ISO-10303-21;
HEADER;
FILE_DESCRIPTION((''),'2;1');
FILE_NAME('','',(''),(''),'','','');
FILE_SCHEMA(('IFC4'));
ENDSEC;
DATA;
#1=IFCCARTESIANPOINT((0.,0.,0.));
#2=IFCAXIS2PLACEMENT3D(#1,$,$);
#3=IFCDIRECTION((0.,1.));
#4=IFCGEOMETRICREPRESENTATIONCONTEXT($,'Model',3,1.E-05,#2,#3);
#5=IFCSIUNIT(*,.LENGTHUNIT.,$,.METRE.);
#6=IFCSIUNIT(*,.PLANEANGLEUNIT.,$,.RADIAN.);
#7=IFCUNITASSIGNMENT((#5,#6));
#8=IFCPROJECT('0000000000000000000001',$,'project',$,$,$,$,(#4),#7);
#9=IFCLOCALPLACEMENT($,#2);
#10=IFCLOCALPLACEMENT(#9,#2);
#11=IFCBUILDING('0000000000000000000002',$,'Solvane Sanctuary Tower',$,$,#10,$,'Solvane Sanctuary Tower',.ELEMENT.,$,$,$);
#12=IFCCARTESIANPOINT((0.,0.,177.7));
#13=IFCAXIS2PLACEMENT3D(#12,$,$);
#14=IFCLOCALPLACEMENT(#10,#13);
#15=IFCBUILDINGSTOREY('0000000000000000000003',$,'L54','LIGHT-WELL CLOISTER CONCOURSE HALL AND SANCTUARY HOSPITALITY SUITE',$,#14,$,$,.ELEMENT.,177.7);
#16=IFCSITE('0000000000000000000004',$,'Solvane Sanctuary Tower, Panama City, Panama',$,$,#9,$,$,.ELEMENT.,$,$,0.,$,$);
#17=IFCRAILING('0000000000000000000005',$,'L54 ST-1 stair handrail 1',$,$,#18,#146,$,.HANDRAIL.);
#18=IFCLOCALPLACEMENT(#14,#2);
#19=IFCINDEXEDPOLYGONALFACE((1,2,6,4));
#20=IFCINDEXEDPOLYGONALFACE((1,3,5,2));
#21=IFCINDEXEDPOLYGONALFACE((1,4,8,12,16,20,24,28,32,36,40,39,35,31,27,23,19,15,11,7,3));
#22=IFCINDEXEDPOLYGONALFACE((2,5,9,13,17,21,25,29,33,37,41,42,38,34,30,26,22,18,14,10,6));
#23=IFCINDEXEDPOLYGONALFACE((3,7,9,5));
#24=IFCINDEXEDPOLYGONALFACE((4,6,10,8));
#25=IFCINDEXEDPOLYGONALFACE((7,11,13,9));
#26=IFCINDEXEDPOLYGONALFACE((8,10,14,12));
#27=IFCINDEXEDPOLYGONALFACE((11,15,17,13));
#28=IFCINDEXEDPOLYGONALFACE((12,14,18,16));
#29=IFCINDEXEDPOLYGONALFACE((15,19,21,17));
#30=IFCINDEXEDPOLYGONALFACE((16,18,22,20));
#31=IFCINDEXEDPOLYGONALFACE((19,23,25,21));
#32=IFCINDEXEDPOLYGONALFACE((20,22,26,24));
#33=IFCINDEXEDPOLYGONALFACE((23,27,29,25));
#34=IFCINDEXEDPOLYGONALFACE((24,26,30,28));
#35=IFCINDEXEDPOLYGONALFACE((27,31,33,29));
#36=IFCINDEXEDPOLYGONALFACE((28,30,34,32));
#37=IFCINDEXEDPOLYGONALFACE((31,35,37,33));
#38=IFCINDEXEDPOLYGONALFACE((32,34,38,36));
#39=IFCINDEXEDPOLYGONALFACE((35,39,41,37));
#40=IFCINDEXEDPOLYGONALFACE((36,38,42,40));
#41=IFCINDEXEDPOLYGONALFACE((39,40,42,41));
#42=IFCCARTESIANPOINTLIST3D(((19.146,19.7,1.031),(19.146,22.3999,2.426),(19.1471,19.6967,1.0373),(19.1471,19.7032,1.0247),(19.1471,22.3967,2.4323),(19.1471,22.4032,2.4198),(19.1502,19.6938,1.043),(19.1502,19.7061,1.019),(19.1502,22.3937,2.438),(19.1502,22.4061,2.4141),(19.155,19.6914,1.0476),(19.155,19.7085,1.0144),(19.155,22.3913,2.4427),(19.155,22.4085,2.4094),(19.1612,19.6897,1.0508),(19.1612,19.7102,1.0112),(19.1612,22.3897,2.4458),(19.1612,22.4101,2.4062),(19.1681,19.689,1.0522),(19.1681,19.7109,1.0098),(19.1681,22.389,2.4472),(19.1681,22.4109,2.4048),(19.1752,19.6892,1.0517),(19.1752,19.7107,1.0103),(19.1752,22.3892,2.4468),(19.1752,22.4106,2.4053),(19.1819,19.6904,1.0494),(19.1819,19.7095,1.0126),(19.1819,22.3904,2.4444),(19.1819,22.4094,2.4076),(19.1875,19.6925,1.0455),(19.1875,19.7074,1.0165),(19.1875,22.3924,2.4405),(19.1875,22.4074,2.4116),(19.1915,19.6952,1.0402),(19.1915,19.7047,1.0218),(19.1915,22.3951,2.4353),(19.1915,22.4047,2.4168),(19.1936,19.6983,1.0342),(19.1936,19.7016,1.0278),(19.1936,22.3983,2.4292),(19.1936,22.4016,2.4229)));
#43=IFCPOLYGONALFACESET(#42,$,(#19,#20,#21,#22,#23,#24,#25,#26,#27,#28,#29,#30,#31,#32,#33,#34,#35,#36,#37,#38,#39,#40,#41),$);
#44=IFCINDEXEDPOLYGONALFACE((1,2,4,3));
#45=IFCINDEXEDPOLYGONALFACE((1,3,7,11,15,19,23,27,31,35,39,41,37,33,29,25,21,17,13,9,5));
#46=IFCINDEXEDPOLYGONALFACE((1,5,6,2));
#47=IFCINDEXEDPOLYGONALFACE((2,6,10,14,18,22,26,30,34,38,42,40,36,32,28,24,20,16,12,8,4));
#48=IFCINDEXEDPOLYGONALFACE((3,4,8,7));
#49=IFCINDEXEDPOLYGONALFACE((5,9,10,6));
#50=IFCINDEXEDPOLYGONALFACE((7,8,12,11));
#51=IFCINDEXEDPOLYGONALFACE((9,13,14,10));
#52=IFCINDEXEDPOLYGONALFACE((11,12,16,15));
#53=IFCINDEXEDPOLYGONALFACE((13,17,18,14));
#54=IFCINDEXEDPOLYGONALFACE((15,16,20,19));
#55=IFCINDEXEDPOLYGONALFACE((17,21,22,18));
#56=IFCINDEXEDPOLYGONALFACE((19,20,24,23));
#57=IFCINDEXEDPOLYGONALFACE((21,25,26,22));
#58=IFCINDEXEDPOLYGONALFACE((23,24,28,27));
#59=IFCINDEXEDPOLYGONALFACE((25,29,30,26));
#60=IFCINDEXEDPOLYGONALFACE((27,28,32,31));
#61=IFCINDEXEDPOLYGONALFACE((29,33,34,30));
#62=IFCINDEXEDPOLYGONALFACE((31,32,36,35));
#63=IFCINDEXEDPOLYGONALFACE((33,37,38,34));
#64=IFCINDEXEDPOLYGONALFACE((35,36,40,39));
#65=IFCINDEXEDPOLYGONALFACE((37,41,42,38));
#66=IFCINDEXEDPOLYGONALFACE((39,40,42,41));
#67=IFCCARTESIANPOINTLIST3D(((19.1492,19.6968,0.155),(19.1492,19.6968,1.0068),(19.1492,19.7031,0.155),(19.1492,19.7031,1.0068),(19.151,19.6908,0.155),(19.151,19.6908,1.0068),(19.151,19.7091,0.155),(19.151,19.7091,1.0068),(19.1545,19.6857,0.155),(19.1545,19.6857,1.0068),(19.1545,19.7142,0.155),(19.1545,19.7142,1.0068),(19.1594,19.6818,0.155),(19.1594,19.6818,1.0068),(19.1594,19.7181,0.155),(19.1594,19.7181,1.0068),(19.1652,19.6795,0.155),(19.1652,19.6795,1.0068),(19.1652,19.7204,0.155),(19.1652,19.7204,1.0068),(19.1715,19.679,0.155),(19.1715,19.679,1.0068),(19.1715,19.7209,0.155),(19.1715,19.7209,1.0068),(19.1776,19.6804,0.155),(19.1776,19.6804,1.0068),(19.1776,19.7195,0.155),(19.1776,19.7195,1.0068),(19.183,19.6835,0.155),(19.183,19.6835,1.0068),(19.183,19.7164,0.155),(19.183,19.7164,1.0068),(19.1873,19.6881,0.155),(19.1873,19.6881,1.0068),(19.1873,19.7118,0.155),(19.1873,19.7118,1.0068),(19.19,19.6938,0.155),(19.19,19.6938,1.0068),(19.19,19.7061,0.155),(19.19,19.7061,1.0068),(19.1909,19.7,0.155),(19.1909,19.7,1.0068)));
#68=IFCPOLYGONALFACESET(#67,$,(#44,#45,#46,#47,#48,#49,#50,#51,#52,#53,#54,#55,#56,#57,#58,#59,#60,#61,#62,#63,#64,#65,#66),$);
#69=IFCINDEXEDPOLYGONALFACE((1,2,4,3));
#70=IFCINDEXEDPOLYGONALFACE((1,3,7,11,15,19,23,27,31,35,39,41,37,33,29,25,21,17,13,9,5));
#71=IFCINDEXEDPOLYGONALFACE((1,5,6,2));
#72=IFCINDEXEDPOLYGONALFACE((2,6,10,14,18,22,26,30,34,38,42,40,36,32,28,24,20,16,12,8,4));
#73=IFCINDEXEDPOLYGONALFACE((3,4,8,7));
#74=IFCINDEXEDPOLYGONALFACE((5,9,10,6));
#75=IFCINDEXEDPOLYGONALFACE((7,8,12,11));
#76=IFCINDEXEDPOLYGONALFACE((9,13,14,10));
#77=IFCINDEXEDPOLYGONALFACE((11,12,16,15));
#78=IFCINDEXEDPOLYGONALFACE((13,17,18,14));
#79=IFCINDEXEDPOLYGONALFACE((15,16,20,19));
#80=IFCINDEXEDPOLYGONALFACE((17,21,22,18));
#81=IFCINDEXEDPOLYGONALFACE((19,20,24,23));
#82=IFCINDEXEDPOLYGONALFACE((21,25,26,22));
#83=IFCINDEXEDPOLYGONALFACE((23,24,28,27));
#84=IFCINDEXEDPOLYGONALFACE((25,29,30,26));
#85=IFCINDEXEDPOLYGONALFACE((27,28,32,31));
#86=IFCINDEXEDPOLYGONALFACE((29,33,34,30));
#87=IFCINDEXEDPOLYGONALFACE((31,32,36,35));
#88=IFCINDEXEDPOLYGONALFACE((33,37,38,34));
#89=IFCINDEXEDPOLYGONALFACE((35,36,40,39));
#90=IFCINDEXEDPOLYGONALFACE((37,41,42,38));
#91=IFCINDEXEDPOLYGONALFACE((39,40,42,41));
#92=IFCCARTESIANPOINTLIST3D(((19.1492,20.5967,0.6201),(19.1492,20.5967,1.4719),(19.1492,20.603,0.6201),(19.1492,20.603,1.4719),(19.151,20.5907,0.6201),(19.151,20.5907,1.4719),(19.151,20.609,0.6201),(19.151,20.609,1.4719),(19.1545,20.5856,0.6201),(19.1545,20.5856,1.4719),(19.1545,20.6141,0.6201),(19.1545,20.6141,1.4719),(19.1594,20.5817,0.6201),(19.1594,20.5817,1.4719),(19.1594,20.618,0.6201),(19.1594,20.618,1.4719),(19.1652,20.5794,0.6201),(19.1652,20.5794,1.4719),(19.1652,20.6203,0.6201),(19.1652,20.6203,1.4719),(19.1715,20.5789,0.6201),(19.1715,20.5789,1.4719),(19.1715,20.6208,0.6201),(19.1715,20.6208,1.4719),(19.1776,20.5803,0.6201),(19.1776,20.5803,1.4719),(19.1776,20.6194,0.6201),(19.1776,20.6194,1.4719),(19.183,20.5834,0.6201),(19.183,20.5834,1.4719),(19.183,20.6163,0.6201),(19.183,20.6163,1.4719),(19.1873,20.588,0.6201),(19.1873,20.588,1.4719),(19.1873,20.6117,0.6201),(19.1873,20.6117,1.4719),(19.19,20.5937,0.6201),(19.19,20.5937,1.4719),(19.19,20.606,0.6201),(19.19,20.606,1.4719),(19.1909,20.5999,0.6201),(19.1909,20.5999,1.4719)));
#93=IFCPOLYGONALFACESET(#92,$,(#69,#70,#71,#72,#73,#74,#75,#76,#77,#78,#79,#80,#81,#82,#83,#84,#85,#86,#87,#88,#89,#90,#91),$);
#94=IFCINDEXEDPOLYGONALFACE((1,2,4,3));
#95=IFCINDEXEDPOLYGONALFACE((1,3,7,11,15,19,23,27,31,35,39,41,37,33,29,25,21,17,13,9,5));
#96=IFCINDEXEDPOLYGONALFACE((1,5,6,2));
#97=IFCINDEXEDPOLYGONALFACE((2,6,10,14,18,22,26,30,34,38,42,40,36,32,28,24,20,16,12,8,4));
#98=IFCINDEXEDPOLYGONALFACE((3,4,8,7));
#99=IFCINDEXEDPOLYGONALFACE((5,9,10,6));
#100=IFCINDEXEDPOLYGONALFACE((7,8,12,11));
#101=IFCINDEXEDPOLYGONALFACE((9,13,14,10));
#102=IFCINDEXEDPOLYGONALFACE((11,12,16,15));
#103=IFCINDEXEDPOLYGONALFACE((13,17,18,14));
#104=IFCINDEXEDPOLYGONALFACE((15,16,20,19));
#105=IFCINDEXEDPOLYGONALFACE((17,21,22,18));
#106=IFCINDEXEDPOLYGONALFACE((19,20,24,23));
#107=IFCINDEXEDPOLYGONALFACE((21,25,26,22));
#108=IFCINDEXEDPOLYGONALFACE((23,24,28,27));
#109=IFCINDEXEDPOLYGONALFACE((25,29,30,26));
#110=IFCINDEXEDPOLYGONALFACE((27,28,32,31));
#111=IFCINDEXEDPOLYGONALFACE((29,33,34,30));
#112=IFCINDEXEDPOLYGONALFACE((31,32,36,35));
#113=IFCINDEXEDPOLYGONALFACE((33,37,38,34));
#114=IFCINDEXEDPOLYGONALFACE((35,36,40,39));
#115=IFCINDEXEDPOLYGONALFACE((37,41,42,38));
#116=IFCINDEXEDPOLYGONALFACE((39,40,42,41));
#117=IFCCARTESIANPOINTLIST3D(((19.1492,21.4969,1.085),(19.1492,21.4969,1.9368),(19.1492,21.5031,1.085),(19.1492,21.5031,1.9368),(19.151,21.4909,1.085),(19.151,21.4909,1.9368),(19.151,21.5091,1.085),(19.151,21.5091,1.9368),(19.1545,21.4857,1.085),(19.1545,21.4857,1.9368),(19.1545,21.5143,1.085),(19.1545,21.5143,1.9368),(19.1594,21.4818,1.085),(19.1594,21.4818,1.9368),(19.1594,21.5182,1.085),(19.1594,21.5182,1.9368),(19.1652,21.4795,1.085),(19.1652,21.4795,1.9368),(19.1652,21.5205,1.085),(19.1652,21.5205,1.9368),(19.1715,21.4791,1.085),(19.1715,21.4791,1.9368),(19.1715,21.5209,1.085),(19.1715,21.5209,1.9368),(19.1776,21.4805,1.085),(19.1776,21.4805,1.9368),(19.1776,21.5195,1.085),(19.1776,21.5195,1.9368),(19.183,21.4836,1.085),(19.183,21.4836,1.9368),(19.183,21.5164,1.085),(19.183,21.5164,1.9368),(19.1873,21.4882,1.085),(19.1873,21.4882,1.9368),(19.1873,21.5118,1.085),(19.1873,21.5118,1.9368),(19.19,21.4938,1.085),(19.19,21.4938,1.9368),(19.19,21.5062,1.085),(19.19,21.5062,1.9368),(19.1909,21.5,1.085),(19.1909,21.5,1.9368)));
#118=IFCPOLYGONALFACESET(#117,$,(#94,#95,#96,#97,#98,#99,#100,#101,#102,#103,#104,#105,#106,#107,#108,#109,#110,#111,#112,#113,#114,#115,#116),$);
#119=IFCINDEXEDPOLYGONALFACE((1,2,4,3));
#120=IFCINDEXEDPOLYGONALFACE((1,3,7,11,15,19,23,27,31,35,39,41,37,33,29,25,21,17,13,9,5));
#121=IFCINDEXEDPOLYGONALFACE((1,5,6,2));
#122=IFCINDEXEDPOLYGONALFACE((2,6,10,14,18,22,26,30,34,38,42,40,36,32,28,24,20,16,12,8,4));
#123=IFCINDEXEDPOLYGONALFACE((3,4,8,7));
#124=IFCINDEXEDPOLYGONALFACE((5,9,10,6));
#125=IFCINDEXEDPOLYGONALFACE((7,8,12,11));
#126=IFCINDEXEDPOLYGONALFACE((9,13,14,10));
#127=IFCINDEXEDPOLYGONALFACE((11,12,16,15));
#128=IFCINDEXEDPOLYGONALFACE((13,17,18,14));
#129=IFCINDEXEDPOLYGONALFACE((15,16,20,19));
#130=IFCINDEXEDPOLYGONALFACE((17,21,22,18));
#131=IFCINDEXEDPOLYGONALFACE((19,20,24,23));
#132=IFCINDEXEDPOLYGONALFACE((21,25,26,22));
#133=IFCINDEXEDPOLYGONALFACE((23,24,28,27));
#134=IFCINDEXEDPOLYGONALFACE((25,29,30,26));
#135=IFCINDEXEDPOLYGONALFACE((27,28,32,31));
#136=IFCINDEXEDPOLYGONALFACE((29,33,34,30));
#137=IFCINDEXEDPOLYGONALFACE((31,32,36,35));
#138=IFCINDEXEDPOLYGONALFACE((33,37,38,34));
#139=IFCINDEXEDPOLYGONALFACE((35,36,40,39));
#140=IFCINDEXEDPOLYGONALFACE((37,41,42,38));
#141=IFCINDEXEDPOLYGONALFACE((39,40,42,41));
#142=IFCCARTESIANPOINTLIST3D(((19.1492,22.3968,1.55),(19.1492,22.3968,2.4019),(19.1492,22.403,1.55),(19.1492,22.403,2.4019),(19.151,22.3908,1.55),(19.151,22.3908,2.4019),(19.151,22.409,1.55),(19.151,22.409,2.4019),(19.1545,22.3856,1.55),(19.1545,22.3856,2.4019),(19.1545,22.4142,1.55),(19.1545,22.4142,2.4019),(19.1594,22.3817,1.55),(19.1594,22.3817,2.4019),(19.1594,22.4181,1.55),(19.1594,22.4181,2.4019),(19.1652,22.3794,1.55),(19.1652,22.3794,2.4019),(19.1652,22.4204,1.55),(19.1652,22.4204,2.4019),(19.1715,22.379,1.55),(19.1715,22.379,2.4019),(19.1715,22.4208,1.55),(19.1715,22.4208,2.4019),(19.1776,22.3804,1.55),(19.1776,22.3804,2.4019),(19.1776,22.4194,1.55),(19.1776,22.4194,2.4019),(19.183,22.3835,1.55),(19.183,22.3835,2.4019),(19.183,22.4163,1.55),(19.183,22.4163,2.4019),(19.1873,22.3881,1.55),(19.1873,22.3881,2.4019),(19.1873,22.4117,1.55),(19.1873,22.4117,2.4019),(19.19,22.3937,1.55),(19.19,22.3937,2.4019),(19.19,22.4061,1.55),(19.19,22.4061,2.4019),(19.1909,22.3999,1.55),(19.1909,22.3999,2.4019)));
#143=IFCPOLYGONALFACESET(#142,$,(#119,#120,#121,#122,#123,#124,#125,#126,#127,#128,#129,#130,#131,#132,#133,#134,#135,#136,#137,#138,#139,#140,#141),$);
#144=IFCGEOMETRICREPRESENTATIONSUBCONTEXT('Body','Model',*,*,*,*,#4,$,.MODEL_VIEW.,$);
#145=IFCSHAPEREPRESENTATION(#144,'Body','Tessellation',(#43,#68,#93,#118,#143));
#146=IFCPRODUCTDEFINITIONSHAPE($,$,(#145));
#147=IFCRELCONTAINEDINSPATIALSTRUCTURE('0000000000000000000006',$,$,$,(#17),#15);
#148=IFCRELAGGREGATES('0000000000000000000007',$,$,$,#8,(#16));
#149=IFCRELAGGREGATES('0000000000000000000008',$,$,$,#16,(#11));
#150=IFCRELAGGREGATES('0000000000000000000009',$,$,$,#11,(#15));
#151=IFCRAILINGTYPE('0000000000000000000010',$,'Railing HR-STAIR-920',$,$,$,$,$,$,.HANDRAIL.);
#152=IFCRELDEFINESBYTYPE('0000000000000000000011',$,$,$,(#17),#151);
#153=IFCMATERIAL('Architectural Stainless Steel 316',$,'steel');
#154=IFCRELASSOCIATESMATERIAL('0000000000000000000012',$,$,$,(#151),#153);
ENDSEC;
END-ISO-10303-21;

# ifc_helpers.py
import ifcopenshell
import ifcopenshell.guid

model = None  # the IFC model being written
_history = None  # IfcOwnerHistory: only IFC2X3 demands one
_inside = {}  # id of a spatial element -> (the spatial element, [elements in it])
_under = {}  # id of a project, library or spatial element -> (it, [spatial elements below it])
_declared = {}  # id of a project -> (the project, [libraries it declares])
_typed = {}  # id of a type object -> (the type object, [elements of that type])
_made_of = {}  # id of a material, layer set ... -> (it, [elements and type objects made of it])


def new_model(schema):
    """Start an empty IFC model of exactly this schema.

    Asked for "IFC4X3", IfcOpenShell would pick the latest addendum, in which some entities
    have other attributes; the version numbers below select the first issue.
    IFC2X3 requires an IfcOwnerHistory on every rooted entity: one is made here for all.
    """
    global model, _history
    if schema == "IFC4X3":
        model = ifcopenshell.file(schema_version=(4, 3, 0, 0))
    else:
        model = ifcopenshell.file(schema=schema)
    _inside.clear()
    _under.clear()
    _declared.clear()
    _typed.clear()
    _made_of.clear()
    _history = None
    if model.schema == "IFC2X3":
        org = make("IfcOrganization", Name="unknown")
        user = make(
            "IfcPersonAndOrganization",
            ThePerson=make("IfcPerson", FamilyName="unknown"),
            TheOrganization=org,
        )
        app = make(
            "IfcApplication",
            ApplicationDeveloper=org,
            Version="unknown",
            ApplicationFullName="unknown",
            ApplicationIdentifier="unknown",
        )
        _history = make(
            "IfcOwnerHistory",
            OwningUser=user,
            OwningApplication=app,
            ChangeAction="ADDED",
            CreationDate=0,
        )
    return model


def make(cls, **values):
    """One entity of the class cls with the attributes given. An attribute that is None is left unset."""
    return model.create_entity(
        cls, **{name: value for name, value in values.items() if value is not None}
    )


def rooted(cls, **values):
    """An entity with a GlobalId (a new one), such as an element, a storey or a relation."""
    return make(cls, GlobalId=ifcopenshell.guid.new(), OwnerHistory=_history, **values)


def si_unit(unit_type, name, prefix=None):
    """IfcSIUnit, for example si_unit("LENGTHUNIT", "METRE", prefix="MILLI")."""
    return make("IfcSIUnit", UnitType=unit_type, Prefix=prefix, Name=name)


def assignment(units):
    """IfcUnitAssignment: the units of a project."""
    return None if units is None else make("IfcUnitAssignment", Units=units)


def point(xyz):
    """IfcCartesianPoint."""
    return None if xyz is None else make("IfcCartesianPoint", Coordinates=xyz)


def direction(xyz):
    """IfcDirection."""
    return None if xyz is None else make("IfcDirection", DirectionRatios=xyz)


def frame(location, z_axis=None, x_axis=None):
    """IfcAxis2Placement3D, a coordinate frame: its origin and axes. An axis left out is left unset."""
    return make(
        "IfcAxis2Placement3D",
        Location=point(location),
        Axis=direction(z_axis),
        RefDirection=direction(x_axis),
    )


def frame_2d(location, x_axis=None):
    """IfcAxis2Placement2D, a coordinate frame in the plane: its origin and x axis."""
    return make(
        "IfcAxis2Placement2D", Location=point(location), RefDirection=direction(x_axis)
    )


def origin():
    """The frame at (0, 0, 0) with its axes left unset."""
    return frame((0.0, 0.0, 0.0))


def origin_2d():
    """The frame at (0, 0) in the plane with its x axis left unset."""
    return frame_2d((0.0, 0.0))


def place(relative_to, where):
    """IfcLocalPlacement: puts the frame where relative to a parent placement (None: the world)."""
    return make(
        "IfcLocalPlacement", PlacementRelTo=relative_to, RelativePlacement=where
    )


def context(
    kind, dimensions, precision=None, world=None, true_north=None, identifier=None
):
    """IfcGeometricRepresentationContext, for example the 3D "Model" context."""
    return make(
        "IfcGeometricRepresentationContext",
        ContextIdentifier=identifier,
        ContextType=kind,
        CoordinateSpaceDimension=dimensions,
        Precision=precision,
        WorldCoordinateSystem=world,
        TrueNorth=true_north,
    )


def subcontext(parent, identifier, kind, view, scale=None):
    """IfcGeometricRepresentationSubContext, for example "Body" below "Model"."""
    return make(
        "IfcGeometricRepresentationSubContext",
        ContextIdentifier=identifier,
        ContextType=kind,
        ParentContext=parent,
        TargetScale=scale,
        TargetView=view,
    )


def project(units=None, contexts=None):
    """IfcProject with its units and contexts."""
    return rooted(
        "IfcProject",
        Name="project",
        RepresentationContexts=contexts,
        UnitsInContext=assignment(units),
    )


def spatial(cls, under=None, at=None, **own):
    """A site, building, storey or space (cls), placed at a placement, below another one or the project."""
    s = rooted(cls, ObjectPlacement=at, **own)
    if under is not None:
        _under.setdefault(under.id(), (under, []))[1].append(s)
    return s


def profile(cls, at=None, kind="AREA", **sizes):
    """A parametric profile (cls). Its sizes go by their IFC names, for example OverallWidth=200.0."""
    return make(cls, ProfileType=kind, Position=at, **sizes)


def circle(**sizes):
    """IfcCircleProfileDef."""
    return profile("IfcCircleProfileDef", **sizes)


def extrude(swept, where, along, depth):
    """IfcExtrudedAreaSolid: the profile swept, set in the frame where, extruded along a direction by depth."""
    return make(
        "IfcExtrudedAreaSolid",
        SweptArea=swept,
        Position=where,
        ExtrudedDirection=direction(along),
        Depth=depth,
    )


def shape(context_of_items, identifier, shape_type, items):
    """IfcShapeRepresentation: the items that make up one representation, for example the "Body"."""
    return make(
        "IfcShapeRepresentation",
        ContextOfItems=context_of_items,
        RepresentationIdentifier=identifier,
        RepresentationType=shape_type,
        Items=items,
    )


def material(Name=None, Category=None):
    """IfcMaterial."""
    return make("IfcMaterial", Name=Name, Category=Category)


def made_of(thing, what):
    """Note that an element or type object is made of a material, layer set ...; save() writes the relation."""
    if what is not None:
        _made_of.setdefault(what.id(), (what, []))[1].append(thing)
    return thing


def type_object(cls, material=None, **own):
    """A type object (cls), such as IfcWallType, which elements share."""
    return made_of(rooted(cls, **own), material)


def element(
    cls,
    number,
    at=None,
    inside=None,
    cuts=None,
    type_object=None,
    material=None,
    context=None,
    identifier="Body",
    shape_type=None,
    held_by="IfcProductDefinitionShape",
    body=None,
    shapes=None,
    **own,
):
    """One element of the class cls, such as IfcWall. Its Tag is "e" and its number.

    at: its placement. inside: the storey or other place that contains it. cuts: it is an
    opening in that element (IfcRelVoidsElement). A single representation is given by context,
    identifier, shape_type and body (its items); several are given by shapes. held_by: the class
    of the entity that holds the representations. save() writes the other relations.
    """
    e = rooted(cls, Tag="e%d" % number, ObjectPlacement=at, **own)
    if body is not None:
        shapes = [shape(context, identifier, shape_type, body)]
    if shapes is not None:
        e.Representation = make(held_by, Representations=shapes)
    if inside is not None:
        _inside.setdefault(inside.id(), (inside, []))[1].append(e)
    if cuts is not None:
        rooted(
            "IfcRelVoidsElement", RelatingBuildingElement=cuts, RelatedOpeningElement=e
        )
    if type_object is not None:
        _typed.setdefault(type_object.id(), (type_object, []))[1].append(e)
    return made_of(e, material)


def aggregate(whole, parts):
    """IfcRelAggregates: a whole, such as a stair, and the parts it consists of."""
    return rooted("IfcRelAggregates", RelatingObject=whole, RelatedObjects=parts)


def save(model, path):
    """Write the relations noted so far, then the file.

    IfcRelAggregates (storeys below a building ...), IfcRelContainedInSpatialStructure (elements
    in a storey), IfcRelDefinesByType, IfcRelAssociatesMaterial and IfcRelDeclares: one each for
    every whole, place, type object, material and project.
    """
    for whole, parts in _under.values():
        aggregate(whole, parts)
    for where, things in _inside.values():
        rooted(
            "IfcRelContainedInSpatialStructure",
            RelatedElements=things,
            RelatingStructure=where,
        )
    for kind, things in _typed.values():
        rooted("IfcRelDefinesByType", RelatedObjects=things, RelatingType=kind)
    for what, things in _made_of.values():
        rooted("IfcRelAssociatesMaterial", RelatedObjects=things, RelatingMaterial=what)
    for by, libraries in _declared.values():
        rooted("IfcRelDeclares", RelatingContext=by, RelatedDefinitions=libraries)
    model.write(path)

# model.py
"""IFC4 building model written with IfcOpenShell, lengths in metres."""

from ifc_helpers import new_model, si_unit, direction, frame, origin, origin_2d, place, context, subcontext, project, spatial, circle, extrude, material, type_object, element, save


model = new_model("IFC4")

# Units and contexts
model_context = context("Model", 3, precision=1e-05, world=origin(), true_north=direction((0.0, 1.0)))
body_context = subcontext(model_context, "Body", "Model", "MODEL_VIEW")
ifc_project = project(units=[si_unit("LENGTHUNIT", "METRE"), si_unit("PLANEANGLEUNIT", "RADIAN")], contexts=[model_context])

# Site, building, storey
site_placement = place(None, origin())
site = spatial("IfcSite", under=ifc_project, at=site_placement, Name="Solvane Sanctuary Tower, Panama City, Panama", CompositionType="ELEMENT", RefElevation=0.0)
building_placement = place(site_placement, origin())
building = spatial("IfcBuilding", under=site, at=building_placement, Name="Solvane Sanctuary Tower", LongName="Solvane Sanctuary Tower", CompositionType="ELEMENT")
storey_placement = place(building_placement, frame((0.0, 0.0, 177.7)))
storey = spatial("IfcBuildingStorey", under=building, at=storey_placement, Name="L54", Description="LIGHT-WELL CLOISTER CONCOURSE HALL AND SANCTUARY HOSPITALITY SUITE", CompositionType="ELEMENT", Elevation=177.7)

# Shared definitions
ifc_material_1 = material(Name="Architectural Stainless Steel 316", Category="steel")

# Railing
railing_type_1 = type_object("IfcRailingType", Name="Railing HR-STAIR-920", PredefinedType="HANDRAIL", material=ifc_material_1)
railing_1_placement = place(storey_placement, frame((19.1699, 19.7, 0.155)))
element("IfcRailing", 1, at=railing_1_placement, inside=storey, type_object=railing_type_1, Name="L54 ST-1 stair handrail 1", PredefinedType="HANDRAIL", context=body_context, shape_type="SweptSolid", body=[
    extrude(circle(Radius=0.0239, at=origin_2d()), frame((0.0, 0.0, 0.876), z_axis=(0.0, 0.88842, 0.459032), x_axis=(-1.0, 0.0, 0.0)), (0.0, 0.0, 1.0), 3.0391),
    extrude(circle(Radius=0.021, at=origin_2d()), origin(), (0.0, 0.0, 1.0), 0.8518),
    extrude(circle(Radius=0.021, at=origin_2d()), frame((0.0, 0.8999, 0.4651)), (0.0, 0.0, 1.0), 0.8518),
    extrude(circle(Radius=0.021, at=origin_2d()), frame((0.0, 1.8, 0.9299)), (0.0, 0.0, 1.0), 0.8518),
    extrude(circle(Radius=0.021, at=origin_2d()), frame((0.0, 2.7, 1.395)), (0.0, 0.0, 1.0), 0.8518),
])

save(model, "model.ifc")
